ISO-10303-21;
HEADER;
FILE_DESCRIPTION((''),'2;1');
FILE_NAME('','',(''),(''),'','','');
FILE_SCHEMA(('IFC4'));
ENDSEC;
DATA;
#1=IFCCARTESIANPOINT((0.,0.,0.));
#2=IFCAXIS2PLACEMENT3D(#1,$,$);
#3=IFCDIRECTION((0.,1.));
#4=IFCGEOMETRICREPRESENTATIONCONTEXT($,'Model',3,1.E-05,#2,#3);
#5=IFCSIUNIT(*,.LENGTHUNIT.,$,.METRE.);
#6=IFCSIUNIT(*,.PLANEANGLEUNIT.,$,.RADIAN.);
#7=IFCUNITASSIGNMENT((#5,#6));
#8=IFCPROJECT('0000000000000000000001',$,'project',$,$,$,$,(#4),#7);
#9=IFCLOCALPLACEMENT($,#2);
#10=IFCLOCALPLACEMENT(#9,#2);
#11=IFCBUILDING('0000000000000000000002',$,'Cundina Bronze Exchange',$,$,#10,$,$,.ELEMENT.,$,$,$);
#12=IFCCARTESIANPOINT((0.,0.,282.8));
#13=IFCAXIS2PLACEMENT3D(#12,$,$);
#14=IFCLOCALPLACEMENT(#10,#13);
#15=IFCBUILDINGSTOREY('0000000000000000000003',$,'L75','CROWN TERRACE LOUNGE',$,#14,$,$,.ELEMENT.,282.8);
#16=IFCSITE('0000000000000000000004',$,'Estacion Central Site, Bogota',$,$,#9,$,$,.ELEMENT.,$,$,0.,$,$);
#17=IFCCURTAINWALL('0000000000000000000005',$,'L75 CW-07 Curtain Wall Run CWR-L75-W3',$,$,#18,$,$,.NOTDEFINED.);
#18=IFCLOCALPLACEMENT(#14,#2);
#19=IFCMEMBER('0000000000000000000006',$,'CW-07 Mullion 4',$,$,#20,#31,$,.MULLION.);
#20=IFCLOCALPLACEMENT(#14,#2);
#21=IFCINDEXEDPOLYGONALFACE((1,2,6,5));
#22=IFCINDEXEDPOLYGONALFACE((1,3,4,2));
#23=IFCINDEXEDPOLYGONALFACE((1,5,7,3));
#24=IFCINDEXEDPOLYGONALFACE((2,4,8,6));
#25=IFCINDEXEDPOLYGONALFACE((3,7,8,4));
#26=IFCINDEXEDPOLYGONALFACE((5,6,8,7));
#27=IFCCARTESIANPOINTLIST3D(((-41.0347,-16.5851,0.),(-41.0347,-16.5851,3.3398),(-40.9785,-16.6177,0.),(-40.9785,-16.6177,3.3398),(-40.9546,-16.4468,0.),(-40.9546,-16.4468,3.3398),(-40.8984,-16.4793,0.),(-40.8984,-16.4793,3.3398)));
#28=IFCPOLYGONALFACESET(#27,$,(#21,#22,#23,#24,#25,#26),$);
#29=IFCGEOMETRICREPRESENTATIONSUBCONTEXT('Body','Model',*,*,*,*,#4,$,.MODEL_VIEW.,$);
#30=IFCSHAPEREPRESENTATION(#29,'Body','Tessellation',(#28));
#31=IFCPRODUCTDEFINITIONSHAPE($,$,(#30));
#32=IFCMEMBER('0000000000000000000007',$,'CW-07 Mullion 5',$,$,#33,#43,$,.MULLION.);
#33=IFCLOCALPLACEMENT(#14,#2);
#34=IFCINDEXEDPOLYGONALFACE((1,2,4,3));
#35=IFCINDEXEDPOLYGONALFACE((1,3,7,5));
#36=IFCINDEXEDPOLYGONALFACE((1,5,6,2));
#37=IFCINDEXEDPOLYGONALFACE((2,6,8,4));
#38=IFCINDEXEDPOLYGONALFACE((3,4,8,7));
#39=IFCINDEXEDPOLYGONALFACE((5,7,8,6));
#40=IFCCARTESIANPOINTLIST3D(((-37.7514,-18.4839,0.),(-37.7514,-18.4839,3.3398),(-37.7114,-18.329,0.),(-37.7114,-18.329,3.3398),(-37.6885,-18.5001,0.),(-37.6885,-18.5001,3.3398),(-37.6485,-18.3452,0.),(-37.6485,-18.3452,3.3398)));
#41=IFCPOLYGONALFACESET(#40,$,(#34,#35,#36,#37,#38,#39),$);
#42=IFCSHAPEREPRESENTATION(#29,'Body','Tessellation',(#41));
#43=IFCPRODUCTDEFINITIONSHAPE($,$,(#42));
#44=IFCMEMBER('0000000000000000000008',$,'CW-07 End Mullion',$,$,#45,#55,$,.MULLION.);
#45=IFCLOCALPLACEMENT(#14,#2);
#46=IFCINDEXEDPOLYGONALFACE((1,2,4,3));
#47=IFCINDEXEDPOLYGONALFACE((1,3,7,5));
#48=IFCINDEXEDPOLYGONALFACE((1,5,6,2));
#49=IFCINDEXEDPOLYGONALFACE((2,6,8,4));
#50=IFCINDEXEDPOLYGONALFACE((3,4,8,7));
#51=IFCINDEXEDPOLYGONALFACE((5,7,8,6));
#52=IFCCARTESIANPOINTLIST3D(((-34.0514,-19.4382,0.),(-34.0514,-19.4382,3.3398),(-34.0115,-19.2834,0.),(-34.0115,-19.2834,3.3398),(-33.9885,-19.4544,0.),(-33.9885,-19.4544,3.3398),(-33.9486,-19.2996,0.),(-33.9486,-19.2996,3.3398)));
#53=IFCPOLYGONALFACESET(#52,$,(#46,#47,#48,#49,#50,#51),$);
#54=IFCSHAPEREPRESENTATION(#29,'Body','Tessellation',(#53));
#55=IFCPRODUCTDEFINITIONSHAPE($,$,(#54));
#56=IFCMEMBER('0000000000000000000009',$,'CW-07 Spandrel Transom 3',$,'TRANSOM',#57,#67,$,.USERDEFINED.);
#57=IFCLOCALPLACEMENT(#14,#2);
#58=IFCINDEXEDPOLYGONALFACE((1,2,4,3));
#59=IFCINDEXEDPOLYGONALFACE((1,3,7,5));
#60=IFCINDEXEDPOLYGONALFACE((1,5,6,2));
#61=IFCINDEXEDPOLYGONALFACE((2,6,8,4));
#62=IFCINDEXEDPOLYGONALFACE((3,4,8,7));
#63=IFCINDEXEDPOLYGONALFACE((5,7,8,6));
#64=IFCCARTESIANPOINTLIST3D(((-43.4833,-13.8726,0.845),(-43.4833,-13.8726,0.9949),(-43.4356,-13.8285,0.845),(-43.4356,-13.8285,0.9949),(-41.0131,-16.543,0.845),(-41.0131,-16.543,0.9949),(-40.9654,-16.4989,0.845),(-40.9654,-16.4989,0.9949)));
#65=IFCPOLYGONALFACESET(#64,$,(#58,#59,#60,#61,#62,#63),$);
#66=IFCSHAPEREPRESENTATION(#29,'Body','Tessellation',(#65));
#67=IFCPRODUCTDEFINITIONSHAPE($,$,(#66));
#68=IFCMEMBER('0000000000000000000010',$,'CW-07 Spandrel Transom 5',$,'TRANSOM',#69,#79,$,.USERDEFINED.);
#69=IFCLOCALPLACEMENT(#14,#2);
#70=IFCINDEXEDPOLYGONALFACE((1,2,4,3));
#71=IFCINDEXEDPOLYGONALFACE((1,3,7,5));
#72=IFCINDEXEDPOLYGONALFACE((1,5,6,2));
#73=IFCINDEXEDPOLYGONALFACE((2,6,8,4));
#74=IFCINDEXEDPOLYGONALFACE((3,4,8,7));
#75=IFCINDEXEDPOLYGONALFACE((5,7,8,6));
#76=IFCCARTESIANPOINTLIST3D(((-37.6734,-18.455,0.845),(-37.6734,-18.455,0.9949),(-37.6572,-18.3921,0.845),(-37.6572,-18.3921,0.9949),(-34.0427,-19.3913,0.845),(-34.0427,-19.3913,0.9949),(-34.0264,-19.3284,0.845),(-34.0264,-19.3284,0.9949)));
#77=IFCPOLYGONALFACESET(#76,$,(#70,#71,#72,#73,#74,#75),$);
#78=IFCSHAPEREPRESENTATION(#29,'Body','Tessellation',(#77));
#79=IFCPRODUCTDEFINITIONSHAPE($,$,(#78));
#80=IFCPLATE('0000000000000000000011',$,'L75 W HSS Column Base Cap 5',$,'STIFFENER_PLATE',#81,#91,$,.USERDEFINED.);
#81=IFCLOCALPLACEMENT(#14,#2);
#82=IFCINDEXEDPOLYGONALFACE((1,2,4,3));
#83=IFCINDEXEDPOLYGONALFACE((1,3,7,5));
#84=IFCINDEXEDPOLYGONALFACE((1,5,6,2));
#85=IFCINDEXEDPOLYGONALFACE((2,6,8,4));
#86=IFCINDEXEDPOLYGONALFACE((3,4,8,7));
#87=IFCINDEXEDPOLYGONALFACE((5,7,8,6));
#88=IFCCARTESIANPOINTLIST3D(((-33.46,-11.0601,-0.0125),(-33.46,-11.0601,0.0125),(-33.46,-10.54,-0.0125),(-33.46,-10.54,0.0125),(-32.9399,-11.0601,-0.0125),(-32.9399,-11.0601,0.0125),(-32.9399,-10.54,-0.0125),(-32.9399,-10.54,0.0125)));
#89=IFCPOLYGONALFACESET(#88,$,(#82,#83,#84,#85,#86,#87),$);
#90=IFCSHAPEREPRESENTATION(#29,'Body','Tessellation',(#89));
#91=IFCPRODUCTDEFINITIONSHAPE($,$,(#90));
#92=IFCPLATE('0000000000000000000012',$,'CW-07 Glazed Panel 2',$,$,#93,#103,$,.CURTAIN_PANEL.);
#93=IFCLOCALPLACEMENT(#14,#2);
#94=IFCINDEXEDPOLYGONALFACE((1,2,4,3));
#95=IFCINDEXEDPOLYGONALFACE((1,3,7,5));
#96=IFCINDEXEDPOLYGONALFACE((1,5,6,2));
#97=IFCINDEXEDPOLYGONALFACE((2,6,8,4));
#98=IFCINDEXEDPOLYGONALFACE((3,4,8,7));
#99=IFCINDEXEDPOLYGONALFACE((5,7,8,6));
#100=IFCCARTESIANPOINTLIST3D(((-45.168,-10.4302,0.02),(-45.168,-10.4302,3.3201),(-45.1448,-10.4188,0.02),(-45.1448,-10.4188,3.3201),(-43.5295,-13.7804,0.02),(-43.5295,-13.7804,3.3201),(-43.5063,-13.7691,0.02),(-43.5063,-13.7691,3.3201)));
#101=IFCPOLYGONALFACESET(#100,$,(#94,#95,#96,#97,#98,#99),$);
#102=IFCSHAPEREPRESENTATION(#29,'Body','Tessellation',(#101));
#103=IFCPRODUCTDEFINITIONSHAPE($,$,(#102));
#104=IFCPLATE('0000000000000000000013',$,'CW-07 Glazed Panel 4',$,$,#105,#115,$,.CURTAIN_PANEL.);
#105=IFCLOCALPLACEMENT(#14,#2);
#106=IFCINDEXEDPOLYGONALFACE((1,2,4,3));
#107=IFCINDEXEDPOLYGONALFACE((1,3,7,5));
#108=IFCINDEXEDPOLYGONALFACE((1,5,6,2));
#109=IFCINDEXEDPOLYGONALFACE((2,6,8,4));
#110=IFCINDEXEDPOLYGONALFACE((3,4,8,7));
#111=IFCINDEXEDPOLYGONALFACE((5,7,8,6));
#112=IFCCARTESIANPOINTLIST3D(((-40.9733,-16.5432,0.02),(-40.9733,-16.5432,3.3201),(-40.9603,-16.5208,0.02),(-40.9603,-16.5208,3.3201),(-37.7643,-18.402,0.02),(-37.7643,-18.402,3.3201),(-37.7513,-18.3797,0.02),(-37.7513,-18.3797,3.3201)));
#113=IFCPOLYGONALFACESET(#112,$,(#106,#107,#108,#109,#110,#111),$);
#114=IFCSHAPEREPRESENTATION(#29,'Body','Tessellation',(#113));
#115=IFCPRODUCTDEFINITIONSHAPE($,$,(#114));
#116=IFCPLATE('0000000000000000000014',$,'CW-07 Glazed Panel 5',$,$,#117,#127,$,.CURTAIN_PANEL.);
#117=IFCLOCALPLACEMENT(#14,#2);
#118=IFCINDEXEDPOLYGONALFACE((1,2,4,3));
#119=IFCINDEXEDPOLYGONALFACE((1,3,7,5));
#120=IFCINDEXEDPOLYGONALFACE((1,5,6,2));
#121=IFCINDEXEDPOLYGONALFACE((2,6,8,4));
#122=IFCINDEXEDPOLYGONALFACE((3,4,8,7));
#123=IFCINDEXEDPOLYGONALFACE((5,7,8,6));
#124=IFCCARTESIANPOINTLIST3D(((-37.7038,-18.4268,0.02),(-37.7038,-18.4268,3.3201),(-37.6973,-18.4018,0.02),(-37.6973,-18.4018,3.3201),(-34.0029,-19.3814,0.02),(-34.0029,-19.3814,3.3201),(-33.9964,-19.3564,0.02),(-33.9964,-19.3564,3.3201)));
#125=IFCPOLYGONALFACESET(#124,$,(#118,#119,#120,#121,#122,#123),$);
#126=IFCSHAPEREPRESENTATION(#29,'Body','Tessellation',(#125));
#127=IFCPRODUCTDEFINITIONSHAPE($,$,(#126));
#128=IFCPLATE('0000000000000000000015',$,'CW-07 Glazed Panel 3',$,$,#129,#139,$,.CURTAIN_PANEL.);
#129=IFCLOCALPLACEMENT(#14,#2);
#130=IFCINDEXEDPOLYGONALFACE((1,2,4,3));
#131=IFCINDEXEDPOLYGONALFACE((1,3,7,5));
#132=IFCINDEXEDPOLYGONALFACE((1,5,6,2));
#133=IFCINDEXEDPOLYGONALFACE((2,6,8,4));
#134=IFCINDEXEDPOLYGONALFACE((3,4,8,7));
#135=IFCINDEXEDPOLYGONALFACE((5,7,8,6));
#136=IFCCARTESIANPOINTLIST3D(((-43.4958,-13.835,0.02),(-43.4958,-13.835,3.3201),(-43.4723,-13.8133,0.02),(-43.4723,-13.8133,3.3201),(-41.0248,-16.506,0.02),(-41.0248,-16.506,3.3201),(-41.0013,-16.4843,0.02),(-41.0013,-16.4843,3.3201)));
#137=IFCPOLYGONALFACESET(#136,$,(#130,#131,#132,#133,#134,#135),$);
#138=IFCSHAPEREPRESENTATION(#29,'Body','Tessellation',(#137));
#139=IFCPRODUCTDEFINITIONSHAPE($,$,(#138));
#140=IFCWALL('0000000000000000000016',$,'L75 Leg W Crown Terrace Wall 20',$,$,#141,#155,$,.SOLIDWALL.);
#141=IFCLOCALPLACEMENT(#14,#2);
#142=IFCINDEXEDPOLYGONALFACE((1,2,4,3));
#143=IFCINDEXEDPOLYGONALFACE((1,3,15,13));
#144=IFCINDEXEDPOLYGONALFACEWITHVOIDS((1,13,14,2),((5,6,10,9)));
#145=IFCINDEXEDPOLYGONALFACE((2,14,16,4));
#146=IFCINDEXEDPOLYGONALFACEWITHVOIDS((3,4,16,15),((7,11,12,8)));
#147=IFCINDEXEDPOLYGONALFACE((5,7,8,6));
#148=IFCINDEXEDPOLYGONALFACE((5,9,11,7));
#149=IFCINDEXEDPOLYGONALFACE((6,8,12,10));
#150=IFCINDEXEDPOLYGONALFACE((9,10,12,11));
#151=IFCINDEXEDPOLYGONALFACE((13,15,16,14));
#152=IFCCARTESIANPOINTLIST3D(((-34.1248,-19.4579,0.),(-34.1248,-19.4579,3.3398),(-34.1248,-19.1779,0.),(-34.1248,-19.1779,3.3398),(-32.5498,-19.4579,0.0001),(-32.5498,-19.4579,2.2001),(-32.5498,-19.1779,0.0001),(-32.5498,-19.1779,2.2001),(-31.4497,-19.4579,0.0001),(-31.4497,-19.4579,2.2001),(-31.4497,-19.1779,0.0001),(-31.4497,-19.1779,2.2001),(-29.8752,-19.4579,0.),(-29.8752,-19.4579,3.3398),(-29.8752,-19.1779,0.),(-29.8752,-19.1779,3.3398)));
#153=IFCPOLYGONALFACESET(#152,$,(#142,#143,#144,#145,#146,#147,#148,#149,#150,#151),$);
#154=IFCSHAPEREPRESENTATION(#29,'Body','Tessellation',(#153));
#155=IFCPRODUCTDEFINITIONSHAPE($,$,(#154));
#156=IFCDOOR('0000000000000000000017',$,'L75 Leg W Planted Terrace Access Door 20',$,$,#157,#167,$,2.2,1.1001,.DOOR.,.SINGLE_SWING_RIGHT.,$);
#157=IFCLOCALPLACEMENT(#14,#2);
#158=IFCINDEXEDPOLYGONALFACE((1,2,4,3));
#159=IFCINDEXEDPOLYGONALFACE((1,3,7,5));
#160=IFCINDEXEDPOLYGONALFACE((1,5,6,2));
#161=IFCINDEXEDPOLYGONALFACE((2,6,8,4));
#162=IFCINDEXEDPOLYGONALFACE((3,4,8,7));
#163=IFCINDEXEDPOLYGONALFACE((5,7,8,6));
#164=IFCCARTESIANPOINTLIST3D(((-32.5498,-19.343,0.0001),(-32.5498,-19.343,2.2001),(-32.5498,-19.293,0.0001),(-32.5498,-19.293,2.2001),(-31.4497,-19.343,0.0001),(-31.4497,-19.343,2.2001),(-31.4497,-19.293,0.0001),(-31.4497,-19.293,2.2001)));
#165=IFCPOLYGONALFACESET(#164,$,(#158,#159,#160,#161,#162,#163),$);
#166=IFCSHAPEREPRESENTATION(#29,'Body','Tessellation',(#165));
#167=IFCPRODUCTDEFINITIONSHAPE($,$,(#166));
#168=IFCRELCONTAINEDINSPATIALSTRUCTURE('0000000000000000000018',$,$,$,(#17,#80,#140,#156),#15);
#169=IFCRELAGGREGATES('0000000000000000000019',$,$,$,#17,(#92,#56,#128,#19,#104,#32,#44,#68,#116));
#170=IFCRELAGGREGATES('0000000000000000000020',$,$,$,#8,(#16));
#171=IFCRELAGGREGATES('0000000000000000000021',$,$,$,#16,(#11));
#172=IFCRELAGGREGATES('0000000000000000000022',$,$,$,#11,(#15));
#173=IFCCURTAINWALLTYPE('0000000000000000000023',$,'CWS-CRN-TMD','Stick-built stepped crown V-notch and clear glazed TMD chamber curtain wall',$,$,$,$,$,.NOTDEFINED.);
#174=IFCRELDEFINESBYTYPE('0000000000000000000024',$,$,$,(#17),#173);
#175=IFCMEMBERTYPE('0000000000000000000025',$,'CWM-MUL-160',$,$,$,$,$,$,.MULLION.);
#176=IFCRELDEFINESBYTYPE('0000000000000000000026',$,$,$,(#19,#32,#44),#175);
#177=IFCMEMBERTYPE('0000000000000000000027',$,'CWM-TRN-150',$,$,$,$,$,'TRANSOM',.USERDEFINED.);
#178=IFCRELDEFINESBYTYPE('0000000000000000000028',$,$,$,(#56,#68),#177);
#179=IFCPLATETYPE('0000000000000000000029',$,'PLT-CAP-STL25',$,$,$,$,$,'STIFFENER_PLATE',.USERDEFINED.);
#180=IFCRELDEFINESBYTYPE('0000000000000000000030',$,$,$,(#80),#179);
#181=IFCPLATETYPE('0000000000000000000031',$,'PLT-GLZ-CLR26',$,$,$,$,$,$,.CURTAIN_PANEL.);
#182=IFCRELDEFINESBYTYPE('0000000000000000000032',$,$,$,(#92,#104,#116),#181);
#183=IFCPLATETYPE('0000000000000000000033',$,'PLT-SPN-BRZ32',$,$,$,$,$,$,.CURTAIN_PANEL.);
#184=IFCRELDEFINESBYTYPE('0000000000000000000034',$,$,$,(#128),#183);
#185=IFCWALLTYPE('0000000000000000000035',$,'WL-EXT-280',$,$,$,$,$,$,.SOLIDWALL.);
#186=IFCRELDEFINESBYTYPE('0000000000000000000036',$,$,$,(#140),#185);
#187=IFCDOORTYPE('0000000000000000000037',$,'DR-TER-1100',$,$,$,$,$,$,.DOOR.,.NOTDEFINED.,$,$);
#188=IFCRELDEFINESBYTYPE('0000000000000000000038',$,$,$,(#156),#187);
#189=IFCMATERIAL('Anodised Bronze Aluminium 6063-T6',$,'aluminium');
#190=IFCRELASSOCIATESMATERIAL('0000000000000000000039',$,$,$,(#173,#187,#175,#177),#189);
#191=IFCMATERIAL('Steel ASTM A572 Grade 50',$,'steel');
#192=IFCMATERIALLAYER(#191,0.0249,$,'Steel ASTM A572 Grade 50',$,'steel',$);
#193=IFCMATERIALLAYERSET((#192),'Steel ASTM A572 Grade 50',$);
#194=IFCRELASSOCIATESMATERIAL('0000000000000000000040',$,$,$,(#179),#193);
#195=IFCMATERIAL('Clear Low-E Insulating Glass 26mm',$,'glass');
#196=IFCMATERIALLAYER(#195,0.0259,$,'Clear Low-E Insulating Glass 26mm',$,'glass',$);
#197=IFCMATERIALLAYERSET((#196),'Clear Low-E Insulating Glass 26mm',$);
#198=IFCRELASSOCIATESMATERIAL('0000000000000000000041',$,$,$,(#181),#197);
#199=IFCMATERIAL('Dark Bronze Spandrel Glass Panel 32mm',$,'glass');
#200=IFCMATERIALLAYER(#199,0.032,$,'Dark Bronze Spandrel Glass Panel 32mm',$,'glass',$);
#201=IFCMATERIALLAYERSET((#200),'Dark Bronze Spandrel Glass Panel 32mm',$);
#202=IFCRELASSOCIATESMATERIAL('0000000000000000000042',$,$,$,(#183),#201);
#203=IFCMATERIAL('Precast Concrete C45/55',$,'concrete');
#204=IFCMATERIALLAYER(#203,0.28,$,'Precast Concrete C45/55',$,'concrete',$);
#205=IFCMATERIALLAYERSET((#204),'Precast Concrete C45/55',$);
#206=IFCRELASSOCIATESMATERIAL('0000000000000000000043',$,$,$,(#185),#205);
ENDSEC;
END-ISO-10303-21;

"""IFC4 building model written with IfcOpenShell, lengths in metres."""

from ifc_helpers import new_model, si_unit, direction, frame, frame_2d, origin, origin_2d, place, context, subcontext, project, spatial, rectangle, extrude, material, layer, layer_set, material_profile, profile_set, type_object, element, fill, aggregate, save


model = new_model("IFC4")

# Units and contexts
model_context = context("Model", 3, precision=1e-05, world=origin(), true_north=direction((0.0, 1.0)))
body_context = subcontext(model_context, "Body", "Model", "MODEL_VIEW")
ifc_project = project(units=[si_unit("LENGTHUNIT", "METRE"), si_unit("PLANEANGLEUNIT", "RADIAN")], contexts=[model_context])

# Site, building, storey
site_placement = place(None, origin())
site = spatial("IfcSite", under=ifc_project, at=site_placement, Name="Estacion Central Site, Bogota", CompositionType="ELEMENT", RefElevation=0.0)
building_placement = place(site_placement, origin())
building = spatial("IfcBuilding", under=site, at=building_placement, Name="Cundina Bronze Exchange", CompositionType="ELEMENT")
storey_placement = place(building_placement, frame((0.0, 0.0, 282.8)))
storey = spatial("IfcBuildingStorey", under=building, at=storey_placement, Name="L75", Description="CROWN TERRACE LOUNGE", CompositionType="ELEMENT", Elevation=282.8)

# Curtain wall, members
ifc_material_1 = material(Name="Anodised Bronze Aluminium 6063-T6", Category="aluminium")
curtain_wall_type = type_object("IfcCurtainWallType", Name="CWS-CRN-TMD", Description="Stick-built stepped crown V-notch and clear glazed TMD chamber curtain wall", PredefinedType="NOTDEFINED", material=ifc_material_1)
curtain_wall_placement = place(storey_placement, origin())
curtain_wall = element("IfcCurtainWall", 1, at=curtain_wall_placement, inside=storey, type_object=curtain_wall_type, Name="L75 CW-07 Curtain Wall Run CWR-L75-W3", PredefinedType="NOTDEFINED")
ifc_material_profile_1 = material_profile(ifc_material_1, rectangle(XDim=0.0649, YDim=0.1599, at=origin_2d()), Name="AL65X160", Category="aluminium")
ifc_profile_set_1 = profile_set([ifc_material_profile_1], Name="Anodised Bronze Aluminium 6063-T6")
member_type_1 = type_object("IfcMemberType", Name="CWM-MUL-160", PredefinedType="MULLION", material=ifc_profile_set_1)
member_1_placement = place(storey_placement, frame((-40.9666, -16.5322, 0.0), z_axis=(0.0, 0.0, 1.0), x_axis=(0.865326, -0.501209, 0.0)))
member_1 = element("IfcMember", 2, at=member_1_placement, type_object=member_type_1, Name="CW-07 Mullion 4", PredefinedType="MULLION", context=body_context, shape_type="SweptSolid", body=[
    extrude(rectangle(XDim=0.0649, YDim=0.1599, at=origin_2d()), origin(), (0.0, 0.0, 1.0), 3.3398),
])
member_2_placement = place(storey_placement, frame((-37.7, -18.4146, 0.0), z_axis=(0.0, 0.0, 1.0), x_axis=(0.968322, -0.249704, 0.0)))
member_2 = element("IfcMember", 3, at=member_2_placement, type_object=member_type_1, Name="CW-07 Mullion 5", PredefinedType="MULLION", context=body_context, shape_type="SweptSolid", body=[
    extrude(rectangle(XDim=0.0649, YDim=0.1599, at=origin_2d()), origin(), (0.0, 0.0, 1.0), 3.3398),
])
member_3_placement = place(storey_placement, frame((-34.0, -19.3689, 0.0), z_axis=(0.0, 0.0, 1.0), x_axis=(0.968322, -0.249704, 0.0)))
member_3 = element("IfcMember", 4, at=member_3_placement, type_object=member_type_1, Name="CW-07 End Mullion", PredefinedType="MULLION", context=body_context, shape_type="SweptSolid", body=[
    extrude(rectangle(XDim=0.0649, YDim=0.1599, at=origin_2d()), origin(), (0.0, 0.0, 1.0), 3.3398),
])
ifc_material_profile_2 = material_profile(ifc_material_1, rectangle(XDim=0.0649, YDim=0.1499, at=origin_2d()), Name="AL65X150", Category="aluminium")
ifc_profile_set_2 = profile_set([ifc_material_profile_2], Name="Anodised Bronze Aluminium 6063-T6")
member_type_2 = type_object("IfcMemberType", Name="CWM-TRN-150", ElementType="TRANSOM", PredefinedType="USERDEFINED", material=ifc_profile_set_2)
member_4_placement = place(storey_placement, frame((-43.4595, -13.8506, 0.9199), z_axis=(0.679055, -0.734088, 0.0), x_axis=(0.734088, 0.679055, 0.0)))
member_4 = element("IfcMember", 5, at=member_4_placement, type_object=member_type_2, Name="CW-07 Spandrel Transom 3", ObjectType="TRANSOM", PredefinedType="USERDEFINED", context=body_context, shape_type="SweptSolid", body=[
    extrude(rectangle(XDim=0.0649, YDim=0.1499, at=origin_2d()), origin(), (0.0, 0.0, 1.0), 3.6377),
])
member_5_placement = place(storey_placement, frame((-37.6653, -18.4236, 0.9199), z_axis=(0.968319, -0.249715, 0.0), x_axis=(0.249715, 0.968319, 0.0)))
member_5 = element("IfcMember", 6, at=member_5_placement, type_object=member_type_2, Name="CW-07 Spandrel Transom 5", ObjectType="TRANSOM", PredefinedType="USERDEFINED", context=body_context, shape_type="SweptSolid", body=[
    extrude(rectangle(XDim=0.0649, YDim=0.1499, at=origin_2d()), origin(), (0.0, 0.0, 1.0), 3.7495),
])

# Plates
ifc_material_2 = material(Name="Steel ASTM A572 Grade 50", Category="steel")
ifc_layer_1 = layer(ifc_material_2, 0.0249, Name="Steel ASTM A572 Grade 50", Category="steel")
ifc_layer_set_1 = layer_set([ifc_layer_1], Name="Steel ASTM A572 Grade 50")
plate_type_1 = type_object("IfcPlateType", Name="PLT-CAP-STL25", ElementType="STIFFENER_PLATE", PredefinedType="USERDEFINED", material=ifc_layer_set_1)
plate_1_placement = place(storey_placement, frame((-33.2, -10.8, -0.0125), z_axis=(0.0, 0.0, 1.0), x_axis=(1.0, 0.0, 0.0)))
element("IfcPlate", 7, at=plate_1_placement, inside=storey, type_object=plate_type_1, Name="L75 W HSS Column Base Cap 5", ObjectType="STIFFENER_PLATE", PredefinedType="USERDEFINED", context=body_context, shape_type="SweptSolid", body=[
    extrude(rectangle(XDim=0.52, YDim=0.52, at=origin_2d()), origin(), (0.0, 0.0, 1.0), 0.0249),
])
ifc_material_3 = material(Name="Clear Low-E Insulating Glass 26mm", Category="glass")
ifc_layer_2 = layer(ifc_material_3, 0.0259, Name="Clear Low-E Insulating Glass 26mm", Category="glass")
ifc_layer_set_2 = layer_set([ifc_layer_2], Name="Clear Low-E Insulating Glass 26mm")
plate_type_2 = type_object("IfcPlateType", Name="PLT-GLZ-CLR26", PredefinedType="CURTAIN_PANEL", material=ifc_layer_set_2)
plate_2_placement = place(storey_placement, frame((-44.3372, -12.0996, 0.02), z_axis=(0.0, 0.0, 1.0), x_axis=(0.439343, -0.898319, 0.0)))
plate_2 = element("IfcPlate", 8, at=plate_2_placement, type_object=plate_type_2, Name="CW-07 Glazed Panel 2", PredefinedType="CURTAIN_PANEL", context=body_context, shape_type="SweptSolid", body=[
    extrude(rectangle(XDim=3.7295, YDim=0.0259, at=origin_2d()), origin(), (0.0, 0.0, 1.0), 3.3),
])
plate_3_placement = place(storey_placement, frame((-39.3623, -17.4614, 0.02), z_axis=(0.0, 0.0, 1.0), x_axis=(0.865309, -0.501239, 0.0)))
plate_3 = element("IfcPlate", 9, at=plate_3_placement, type_object=plate_type_2, Name="CW-07 Glazed Panel 4", PredefinedType="CURTAIN_PANEL", context=body_context, shape_type="SweptSolid", body=[
    extrude(rectangle(XDim=3.7085, YDim=0.0259, at=origin_2d()), origin(), (0.0, 0.0, 1.0), 3.3),
])
plate_4_placement = place(storey_placement, frame((-35.8501, -18.8916, 0.02), z_axis=(0.0, 0.0, 1.0), x_axis=(0.968309, -0.249755, 0.0)))
plate_4 = element("IfcPlate", 10, at=plate_4_placement, type_object=plate_type_2, Name="CW-07 Glazed Panel 5", PredefinedType="CURTAIN_PANEL", context=body_context, shape_type="SweptSolid", body=[
    extrude(rectangle(XDim=3.822, YDim=0.0259, at=origin_2d()), origin(), (0.0, 0.0, 1.0), 3.3),
])
ifc_material_4 = material(Name="Dark Bronze Spandrel Glass Panel 32mm", Category="glass")
ifc_layer_3 = layer(ifc_material_4, 0.032, Name="Dark Bronze Spandrel Glass Panel 32mm", Category="glass")
ifc_layer_set_3 = layer_set([ifc_layer_3], Name="Dark Bronze Spandrel Glass Panel 32mm")
plate_type_3 = type_object("IfcPlateType", Name="PLT-SPN-BRZ32", PredefinedType="CURTAIN_PANEL", material=ifc_layer_set_3)
plate_5_placement = place(storey_placement, frame((-42.2485, -15.1597, 0.02), z_axis=(0.0, 0.0, 1.0), x_axis=(0.679083, -0.734062, 0.0)))
plate_5 = element("IfcPlate", 11, at=plate_5_placement, type_object=plate_type_3, Name="CW-07 Glazed Panel 3", PredefinedType="CURTAIN_PANEL", context=body_context, shape_type="SweptSolid", body=[
    extrude(rectangle(XDim=3.6387, YDim=0.032, at=origin_2d()), origin(), (0.0, 0.0, 1.0), 3.3),
])
aggregate(curtain_wall, [plate_2, member_4, plate_5, member_1, plate_3, member_2, member_3, member_5, plate_4])

# Wall, opening, door
ifc_material_5 = material(Name="Precast Concrete C45/55", Category="concrete")
ifc_layer_4 = layer(ifc_material_5, 0.28, Name="Precast Concrete C45/55", Category="concrete")
ifc_layer_set_4 = layer_set([ifc_layer_4], Name="Precast Concrete C45/55")
wall_type_1 = type_object("IfcWallType", Name="WL-EXT-280", PredefinedType="SOLIDWALL", material=ifc_layer_set_4)
wall_1_placement = place(storey_placement, frame((-34.1248, -19.3179, 0.0), z_axis=(0.0, 0.0, 1.0), x_axis=(1.0, 0.0, 0.0)))
wall_1 = element("IfcWall", 12, at=wall_1_placement, inside=storey, type_object=wall_type_1, Name="L75 Leg W Crown Terrace Wall 20", PredefinedType="SOLIDWALL", context=body_context, shape_type="SweptSolid", body=[
    extrude(rectangle(XDim=4.2495, YDim=0.28, at=frame_2d((2.1248, 0.0))), origin(), (0.0, 0.0, 1.0), 3.3398),
])
opening_placement = place(wall_1_placement, frame((1.575, 0.0, 0.0)))
opening = element("IfcOpeningElement", 13, at=opening_placement, cuts=wall_1, PredefinedType="OPENING", context=body_context, shape_type="SweptSolid", body=[
    extrude(rectangle(XDim=1.1001, YDim=2.2, at=frame_2d((0.55, 1.1001))), frame((0.0, 0.1499, 0.0), z_axis=(0.0, -1.0, 0.0), x_axis=(1.0, 0.0, 0.0)), (0.0, 0.0, 1.0), 0.3),
])
door_type = type_object("IfcDoorType", Name="DR-TER-1100", OperationType="NOTDEFINED", PredefinedType="DOOR", material=ifc_material_1)
door_placement = place(opening_placement, origin())
door = element("IfcDoor", 14, at=door_placement, inside=storey, type_object=door_type, Name="L75 Leg W Planted Terrace Access Door 20", OperationType="SINGLE_SWING_RIGHT", OverallHeight=2.2, OverallWidth=1.1001, PredefinedType="DOOR", context=body_context, shape_type="SweptSolid", body=[
    extrude(rectangle(XDim=1.1001, YDim=2.2, at=frame_2d((0.55, 1.1001))), frame((0.0, 0.0249, 0.0), z_axis=(0.0, -1.0, 0.0), x_axis=(1.0, 0.0, 0.0)), (0.0, 0.0, 1.0), 0.05),
])
fill(opening, door)

save(model, "model.ifc")
